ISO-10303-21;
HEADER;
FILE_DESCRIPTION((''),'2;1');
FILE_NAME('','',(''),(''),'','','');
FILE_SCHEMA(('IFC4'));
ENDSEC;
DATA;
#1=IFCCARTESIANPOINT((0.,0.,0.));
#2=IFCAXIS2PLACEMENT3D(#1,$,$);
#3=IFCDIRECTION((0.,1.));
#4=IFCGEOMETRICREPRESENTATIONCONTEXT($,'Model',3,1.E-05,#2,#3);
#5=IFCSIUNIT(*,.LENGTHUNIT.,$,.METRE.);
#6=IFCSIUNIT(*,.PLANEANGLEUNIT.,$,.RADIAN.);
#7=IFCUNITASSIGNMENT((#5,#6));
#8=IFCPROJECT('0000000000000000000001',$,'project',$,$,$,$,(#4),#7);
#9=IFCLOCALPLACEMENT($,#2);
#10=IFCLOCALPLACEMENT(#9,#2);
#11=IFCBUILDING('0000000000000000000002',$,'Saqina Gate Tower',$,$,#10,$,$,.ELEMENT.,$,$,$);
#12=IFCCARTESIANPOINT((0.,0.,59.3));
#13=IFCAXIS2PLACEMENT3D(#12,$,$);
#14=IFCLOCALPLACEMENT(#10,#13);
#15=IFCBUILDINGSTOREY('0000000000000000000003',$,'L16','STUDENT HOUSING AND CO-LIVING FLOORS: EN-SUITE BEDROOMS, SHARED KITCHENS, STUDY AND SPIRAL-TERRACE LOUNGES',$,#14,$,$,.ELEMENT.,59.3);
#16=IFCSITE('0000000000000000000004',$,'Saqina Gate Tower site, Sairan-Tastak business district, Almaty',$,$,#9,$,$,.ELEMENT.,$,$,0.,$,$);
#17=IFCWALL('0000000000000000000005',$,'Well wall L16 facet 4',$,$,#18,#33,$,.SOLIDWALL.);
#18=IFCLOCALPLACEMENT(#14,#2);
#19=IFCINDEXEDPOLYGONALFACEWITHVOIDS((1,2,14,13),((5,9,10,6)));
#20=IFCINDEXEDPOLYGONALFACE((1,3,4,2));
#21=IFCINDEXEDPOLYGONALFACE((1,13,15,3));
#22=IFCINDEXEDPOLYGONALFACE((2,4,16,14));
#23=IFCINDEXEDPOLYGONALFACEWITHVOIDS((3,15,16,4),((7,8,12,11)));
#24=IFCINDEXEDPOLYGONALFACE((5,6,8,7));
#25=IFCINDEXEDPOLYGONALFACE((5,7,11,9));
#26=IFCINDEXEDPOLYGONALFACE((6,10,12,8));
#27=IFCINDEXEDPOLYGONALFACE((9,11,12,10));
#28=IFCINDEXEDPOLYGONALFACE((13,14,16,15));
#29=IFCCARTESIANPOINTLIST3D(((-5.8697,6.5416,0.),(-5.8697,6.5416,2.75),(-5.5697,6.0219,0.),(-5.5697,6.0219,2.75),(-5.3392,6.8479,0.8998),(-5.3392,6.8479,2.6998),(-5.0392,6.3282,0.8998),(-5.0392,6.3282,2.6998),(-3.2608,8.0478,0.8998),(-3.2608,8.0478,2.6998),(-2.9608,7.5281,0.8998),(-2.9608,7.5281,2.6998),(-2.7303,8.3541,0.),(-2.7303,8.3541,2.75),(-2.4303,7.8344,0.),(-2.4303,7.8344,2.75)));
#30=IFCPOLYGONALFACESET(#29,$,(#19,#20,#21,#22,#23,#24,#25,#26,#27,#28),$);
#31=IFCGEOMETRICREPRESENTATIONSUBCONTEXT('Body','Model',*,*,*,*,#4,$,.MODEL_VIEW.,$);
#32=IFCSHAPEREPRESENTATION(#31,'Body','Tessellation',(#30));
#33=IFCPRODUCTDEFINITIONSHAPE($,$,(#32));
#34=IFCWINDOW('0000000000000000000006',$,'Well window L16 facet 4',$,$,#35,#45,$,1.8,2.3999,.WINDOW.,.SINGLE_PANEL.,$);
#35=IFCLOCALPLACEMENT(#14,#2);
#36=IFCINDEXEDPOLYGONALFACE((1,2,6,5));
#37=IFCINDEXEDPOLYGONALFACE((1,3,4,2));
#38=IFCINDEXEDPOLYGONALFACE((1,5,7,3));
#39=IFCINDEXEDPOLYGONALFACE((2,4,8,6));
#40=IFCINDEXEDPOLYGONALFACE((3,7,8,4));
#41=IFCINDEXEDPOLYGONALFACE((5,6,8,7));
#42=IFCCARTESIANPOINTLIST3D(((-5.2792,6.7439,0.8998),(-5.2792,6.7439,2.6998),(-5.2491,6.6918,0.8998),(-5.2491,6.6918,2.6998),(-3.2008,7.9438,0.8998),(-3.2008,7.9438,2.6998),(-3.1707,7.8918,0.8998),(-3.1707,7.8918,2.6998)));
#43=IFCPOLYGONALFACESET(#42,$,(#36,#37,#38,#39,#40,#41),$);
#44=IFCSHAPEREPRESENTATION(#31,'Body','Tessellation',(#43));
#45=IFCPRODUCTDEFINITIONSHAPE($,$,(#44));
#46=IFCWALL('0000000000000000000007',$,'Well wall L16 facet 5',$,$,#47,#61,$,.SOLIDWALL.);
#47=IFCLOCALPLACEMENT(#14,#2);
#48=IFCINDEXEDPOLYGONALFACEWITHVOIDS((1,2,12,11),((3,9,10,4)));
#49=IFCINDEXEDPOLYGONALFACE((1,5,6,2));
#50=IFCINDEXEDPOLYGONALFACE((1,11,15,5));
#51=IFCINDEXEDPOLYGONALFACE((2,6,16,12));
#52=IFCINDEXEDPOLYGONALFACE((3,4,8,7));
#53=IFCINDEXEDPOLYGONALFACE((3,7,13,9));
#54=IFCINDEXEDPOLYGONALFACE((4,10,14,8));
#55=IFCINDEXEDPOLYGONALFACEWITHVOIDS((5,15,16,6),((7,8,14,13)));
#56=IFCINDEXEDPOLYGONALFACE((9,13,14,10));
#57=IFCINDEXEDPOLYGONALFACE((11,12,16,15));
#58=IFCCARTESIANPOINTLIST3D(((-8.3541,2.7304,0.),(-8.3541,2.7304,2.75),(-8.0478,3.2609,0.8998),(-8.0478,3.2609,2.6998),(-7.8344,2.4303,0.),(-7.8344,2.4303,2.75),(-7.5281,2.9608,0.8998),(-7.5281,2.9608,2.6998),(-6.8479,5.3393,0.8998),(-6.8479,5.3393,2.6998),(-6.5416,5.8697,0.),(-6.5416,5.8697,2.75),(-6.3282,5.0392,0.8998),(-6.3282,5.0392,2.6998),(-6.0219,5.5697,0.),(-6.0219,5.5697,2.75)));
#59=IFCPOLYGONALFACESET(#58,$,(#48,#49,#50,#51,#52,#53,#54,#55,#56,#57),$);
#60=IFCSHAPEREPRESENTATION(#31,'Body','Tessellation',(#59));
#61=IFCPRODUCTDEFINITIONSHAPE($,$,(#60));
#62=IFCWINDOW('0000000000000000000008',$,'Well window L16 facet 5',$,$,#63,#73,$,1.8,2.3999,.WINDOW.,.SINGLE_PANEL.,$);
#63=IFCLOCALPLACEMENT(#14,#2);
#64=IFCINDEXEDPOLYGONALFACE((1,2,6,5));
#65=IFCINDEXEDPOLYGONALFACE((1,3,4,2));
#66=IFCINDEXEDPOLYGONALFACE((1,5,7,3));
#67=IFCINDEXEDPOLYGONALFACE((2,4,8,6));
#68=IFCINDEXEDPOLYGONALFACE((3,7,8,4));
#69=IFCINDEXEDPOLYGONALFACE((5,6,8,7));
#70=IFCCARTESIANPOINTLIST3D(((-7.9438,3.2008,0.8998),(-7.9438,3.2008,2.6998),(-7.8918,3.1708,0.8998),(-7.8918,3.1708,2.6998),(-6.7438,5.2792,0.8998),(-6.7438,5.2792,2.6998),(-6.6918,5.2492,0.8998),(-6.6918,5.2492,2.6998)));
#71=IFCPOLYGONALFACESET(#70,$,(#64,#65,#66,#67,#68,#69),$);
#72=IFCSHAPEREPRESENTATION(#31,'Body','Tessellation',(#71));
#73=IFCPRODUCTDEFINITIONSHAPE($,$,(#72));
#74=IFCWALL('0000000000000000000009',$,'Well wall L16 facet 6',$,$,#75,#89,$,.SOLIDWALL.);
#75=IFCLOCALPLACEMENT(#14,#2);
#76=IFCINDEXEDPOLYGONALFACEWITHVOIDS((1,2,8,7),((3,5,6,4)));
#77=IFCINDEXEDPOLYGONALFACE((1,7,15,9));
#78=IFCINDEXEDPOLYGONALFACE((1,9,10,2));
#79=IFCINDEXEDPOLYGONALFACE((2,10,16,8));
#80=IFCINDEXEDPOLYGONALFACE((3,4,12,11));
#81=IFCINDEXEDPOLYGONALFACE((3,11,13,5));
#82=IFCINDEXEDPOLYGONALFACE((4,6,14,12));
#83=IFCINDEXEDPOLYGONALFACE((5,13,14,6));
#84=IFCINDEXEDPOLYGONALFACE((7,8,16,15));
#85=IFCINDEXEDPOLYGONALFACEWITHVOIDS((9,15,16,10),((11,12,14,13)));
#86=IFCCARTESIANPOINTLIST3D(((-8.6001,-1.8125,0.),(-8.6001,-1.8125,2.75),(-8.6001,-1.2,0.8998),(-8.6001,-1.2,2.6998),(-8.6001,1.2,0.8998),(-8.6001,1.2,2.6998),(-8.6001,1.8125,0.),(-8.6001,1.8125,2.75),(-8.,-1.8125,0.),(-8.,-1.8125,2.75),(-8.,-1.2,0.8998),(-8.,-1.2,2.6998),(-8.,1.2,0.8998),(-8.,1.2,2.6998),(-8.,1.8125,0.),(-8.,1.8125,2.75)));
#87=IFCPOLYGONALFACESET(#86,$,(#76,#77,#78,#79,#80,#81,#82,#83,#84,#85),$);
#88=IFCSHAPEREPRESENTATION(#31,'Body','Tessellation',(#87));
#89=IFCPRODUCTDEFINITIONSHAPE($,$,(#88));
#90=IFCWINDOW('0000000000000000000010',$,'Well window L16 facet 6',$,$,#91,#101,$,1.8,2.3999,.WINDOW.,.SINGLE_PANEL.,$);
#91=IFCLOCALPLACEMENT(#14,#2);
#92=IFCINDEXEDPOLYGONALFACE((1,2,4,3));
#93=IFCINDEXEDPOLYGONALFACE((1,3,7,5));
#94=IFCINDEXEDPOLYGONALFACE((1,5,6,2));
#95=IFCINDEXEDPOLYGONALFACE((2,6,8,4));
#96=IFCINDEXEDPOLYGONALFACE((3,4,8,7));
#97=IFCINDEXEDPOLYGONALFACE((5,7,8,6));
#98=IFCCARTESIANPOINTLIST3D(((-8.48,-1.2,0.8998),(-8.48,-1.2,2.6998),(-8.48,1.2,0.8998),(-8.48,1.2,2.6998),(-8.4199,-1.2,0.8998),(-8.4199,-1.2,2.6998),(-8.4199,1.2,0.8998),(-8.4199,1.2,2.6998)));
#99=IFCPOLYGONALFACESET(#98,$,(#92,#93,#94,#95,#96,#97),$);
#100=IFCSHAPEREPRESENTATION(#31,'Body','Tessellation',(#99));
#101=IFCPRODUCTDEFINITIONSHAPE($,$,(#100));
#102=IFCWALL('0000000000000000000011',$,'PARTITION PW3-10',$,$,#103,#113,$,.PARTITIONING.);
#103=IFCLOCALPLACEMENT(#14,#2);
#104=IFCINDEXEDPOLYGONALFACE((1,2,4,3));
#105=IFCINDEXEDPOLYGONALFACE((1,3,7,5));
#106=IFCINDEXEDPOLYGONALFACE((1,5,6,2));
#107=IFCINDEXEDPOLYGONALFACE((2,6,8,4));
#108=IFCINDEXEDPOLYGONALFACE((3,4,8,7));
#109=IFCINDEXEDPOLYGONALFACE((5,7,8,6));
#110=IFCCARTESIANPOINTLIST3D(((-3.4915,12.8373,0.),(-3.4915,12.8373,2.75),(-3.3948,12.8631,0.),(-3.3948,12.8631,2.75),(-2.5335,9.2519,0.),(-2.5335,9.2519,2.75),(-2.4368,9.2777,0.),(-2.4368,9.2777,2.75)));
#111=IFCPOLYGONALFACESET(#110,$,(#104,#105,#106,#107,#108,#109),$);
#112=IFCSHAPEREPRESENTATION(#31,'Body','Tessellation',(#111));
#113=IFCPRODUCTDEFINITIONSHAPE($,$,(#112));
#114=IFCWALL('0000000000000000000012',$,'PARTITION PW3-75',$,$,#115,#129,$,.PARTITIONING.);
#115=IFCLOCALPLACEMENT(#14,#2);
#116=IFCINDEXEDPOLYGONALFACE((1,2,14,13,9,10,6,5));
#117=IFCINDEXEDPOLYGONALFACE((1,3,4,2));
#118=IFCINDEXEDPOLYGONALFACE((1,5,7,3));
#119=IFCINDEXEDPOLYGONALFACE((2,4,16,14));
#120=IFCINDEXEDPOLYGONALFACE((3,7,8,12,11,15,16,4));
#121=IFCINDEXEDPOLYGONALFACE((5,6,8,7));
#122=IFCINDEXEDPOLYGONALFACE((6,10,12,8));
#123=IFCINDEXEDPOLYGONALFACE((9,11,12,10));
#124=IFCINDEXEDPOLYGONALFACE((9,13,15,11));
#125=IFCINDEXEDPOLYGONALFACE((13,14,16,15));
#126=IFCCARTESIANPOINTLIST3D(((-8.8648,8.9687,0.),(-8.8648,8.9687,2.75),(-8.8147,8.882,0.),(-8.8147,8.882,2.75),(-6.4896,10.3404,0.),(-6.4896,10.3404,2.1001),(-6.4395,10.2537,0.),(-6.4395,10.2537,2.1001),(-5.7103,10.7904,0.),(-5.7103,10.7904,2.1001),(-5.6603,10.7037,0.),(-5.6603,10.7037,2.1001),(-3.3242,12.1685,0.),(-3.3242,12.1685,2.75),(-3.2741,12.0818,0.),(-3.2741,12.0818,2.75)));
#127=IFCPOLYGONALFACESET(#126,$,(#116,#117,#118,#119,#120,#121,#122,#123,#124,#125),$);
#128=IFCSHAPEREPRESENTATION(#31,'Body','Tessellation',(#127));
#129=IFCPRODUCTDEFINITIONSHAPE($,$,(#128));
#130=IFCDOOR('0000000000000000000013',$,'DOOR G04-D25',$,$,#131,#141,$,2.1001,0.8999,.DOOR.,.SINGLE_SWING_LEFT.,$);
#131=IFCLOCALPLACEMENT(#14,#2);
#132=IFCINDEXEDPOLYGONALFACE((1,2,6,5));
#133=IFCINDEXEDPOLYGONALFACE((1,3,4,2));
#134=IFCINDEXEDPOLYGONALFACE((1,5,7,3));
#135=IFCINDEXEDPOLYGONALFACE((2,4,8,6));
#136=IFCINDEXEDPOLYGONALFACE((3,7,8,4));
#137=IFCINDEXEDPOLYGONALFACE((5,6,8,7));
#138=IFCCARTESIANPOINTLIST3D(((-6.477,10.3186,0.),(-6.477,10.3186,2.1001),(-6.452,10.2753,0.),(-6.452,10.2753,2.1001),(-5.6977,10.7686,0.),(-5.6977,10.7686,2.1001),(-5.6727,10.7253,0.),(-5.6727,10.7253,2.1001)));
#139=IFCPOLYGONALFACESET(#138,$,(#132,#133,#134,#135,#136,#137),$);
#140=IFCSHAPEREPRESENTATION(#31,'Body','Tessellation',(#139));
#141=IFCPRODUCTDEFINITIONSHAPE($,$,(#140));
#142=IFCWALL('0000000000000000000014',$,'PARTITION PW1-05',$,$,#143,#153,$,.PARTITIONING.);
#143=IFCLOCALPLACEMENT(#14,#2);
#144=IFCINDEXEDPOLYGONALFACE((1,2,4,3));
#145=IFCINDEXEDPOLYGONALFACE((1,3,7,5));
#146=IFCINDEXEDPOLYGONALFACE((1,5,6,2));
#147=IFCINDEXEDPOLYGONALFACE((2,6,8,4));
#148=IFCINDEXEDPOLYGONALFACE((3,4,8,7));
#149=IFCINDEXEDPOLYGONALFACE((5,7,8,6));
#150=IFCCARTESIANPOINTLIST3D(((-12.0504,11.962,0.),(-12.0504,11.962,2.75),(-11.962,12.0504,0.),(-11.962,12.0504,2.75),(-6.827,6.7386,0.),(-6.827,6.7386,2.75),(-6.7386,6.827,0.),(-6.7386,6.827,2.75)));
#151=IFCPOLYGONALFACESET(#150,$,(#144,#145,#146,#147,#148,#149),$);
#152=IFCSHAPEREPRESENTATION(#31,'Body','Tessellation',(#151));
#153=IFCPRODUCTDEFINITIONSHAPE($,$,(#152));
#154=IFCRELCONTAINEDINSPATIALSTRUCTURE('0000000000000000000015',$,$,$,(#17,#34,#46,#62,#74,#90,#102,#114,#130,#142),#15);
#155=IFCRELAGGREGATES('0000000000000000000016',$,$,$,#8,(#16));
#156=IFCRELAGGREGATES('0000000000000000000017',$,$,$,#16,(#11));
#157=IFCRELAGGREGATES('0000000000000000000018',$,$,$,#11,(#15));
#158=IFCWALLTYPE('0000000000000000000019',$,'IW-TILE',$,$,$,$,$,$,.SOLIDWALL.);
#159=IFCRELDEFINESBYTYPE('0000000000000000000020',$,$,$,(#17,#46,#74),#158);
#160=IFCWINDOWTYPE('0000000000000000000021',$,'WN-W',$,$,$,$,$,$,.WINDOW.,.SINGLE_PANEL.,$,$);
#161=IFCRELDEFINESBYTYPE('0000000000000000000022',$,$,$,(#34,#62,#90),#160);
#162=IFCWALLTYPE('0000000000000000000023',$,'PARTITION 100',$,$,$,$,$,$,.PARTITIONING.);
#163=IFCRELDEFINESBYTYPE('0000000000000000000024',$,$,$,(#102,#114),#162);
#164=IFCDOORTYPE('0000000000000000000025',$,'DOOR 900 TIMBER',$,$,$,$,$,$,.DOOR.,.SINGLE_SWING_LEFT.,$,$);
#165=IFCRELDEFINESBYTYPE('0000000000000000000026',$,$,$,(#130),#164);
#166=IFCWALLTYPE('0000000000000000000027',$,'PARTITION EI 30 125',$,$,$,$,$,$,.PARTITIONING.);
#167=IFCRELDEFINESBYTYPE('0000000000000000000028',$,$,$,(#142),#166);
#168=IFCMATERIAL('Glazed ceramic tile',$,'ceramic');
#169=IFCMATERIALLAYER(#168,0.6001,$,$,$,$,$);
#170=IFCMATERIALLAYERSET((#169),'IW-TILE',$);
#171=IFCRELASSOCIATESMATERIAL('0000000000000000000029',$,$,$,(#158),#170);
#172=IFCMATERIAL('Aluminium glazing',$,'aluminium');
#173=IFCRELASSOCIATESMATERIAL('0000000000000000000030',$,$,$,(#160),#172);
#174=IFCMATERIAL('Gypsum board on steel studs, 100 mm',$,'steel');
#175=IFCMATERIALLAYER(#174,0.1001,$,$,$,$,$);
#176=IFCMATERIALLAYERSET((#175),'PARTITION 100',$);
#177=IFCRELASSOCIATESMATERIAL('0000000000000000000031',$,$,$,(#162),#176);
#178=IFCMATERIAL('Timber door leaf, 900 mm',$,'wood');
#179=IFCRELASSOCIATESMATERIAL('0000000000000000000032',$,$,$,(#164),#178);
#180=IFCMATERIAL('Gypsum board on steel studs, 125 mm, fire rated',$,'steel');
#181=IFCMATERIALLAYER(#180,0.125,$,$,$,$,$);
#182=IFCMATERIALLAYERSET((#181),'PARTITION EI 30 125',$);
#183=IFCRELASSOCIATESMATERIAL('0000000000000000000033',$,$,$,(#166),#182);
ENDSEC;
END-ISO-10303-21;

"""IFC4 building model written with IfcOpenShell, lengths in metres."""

from ifc_helpers import new_model, si_unit, direction, frame, frame_2d, origin, place, context, subcontext, project, spatial, rectangle, extrude, material, layer, layer_set, type_object, element, fill, save


model = new_model("IFC4")

# Units and contexts
model_context = context("Model", 3, precision=1e-05, world=origin(), true_north=direction((0.0, 1.0)))
body_context = subcontext(model_context, "Body", "Model", "MODEL_VIEW")
ifc_project = project(units=[si_unit("LENGTHUNIT", "METRE"), si_unit("PLANEANGLEUNIT", "RADIAN")], contexts=[model_context])

# Site, building, storey
site_placement = place(None, origin())
site = spatial("IfcSite", under=ifc_project, at=site_placement, Name="Saqina Gate Tower site, Sairan-Tastak business district, Almaty", CompositionType="ELEMENT", RefElevation=0.0)
building_placement = place(site_placement, origin())
building = spatial("IfcBuilding", under=site, at=building_placement, Name="Saqina Gate Tower", CompositionType="ELEMENT")
storey_placement = place(building_placement, frame((0.0, 0.0, 59.3)))
storey = spatial("IfcBuildingStorey", under=building, at=storey_placement, Name="L16", Description="STUDENT HOUSING AND CO-LIVING FLOORS: EN-SUITE BEDROOMS, SHARED KITCHENS, STUDY AND SPIRAL-TERRACE LOUNGES", CompositionType="ELEMENT", Elevation=59.3)

# Walls, openings, windows
ifc_material_1 = material(Name="Glazed ceramic tile", Category="ceramic")
ifc_layer_1 = layer(ifc_material_1, 0.6001)
ifc_layer_set_1 = layer_set([ifc_layer_1], Name="IW-TILE")
wall_type_1 = type_object("IfcWallType", Name="IW-TILE", PredefinedType="SOLIDWALL", material=ifc_layer_set_1)
wall_1_placement = place(storey_placement, frame((-2.5803, 8.0942, 0.0), z_axis=(0.0, 0.0, 1.0), x_axis=(-0.86603, -0.499993, 0.0)))
wall_1 = element("IfcWall", 1, at=wall_1_placement, inside=storey, type_object=wall_type_1, Name="Well wall L16 facet 4", PredefinedType="SOLIDWALL", context=body_context, shape_type="SweptSolid", body=[
    extrude(rectangle(XDim=3.625, YDim=0.6001, at=frame_2d((1.8125, 0.0))), origin(), (0.0, 0.0, 1.0), 2.75),
])
opening_1_placement = place(wall_1_placement, frame((0.6125, 0.0, 0.8999)))
opening_1 = element("IfcOpeningElement", 2, at=opening_1_placement, cuts=wall_1, PredefinedType="OPENING", context=body_context, shape_type="SweptSolid", body=[
    extrude(rectangle(XDim=2.3999, YDim=1.8, at=frame_2d((1.2, 0.8999))), frame((0.0, 0.312, 0.0), z_axis=(0.0, -1.0, 0.0), x_axis=(1.0, 0.0, 0.0)), (0.0, 0.0, 1.0), 0.624),
])
ifc_material_2 = material(Name="Aluminium glazing", Category="aluminium")
window_type = type_object("IfcWindowType", Name="WN-W", PartitioningType="SINGLE_PANEL", PredefinedType="WINDOW", material=ifc_material_2)
window_1_placement = place(opening_1_placement, origin())
window_1 = element("IfcWindow", 3, at=window_1_placement, inside=storey, type_object=window_type, Name="Well window L16 facet 4", OverallHeight=1.8, OverallWidth=2.3999, PartitioningType="SINGLE_PANEL", PredefinedType="WINDOW", context=body_context, shape_type="SweptSolid", body=[
    extrude(rectangle(XDim=2.3999, YDim=1.8, at=frame_2d((1.2, 0.8999))), frame((0.0, -0.1199, 0.0), z_axis=(0.0, -1.0, 0.0), x_axis=(1.0, 0.0, 0.0)), (0.0, 0.0, 1.0), 0.0601),
])
fill(opening_1, window_1)
wall_2_placement = place(storey_placement, frame((-6.2817, 5.7197, 0.0), z_axis=(0.0, 0.0, 1.0), x_axis=(-0.499993, -0.86603, 0.0)))
wall_2 = element("IfcWall", 4, at=wall_2_placement, inside=storey, type_object=wall_type_1, Name="Well wall L16 facet 5", PredefinedType="SOLIDWALL", context=body_context, shape_type="SweptSolid", body=[
    extrude(rectangle(XDim=3.625, YDim=0.6001, at=frame_2d((1.8125, 0.0))), origin(), (0.0, 0.0, 1.0), 2.75),
])
opening_2_placement = place(wall_2_placement, frame((0.6125, 0.0, 0.8999)))
opening_2 = element("IfcOpeningElement", 5, at=opening_2_placement, cuts=wall_2, PredefinedType="OPENING", context=body_context, shape_type="SweptSolid", body=[
    extrude(rectangle(XDim=2.3999, YDim=1.8, at=frame_2d((1.2, 0.8999))), frame((0.0, 0.312, 0.0), z_axis=(0.0, -1.0, 0.0), x_axis=(1.0, 0.0, 0.0)), (0.0, 0.0, 1.0), 0.624),
])
window_2_placement = place(opening_2_placement, origin())
window_2 = element("IfcWindow", 6, at=window_2_placement, inside=storey, type_object=window_type, Name="Well window L16 facet 5", OverallHeight=1.8, OverallWidth=2.3999, PartitioningType="SINGLE_PANEL", PredefinedType="WINDOW", context=body_context, shape_type="SweptSolid", body=[
    extrude(rectangle(XDim=2.3999, YDim=1.8, at=frame_2d((1.2, 0.8999))), frame((0.0, -0.1199, 0.0), z_axis=(0.0, -1.0, 0.0), x_axis=(1.0, 0.0, 0.0)), (0.0, 0.0, 1.0), 0.0601),
])
fill(opening_2, window_2)
wall_3_placement = place(storey_placement, frame((-8.3, 1.8125, 0.0), z_axis=(0.0, 0.0, 1.0), x_axis=(0.0, -1.0, 0.0)))
wall_3 = element("IfcWall", 7, at=wall_3_placement, inside=storey, type_object=wall_type_1, Name="Well wall L16 facet 6", PredefinedType="SOLIDWALL", context=body_context, shape_type="SweptSolid", body=[
    extrude(rectangle(XDim=3.625, YDim=0.6001, at=frame_2d((1.8125, 0.0))), origin(), (0.0, 0.0, 1.0), 2.75),
])
opening_3_placement = place(wall_3_placement, frame((0.6125, 0.0, 0.8999)))
opening_3 = element("IfcOpeningElement", 8, at=opening_3_placement, cuts=wall_3, PredefinedType="OPENING", context=body_context, shape_type="SweptSolid", body=[
    extrude(rectangle(XDim=2.3999, YDim=1.8, at=frame_2d((1.2, 0.8999))), frame((0.0, 0.312, 0.0), z_axis=(0.0, -1.0, 0.0), x_axis=(1.0, 0.0, 0.0)), (0.0, 0.0, 1.0), 0.624),
])
window_3_placement = place(opening_3_placement, origin())
window_3 = element("IfcWindow", 9, at=window_3_placement, inside=storey, type_object=window_type, Name="Well window L16 facet 6", OverallHeight=1.8, OverallWidth=2.3999, PartitioningType="SINGLE_PANEL", PredefinedType="WINDOW", context=body_context, shape_type="SweptSolid", body=[
    extrude(rectangle(XDim=2.3999, YDim=1.8, at=frame_2d((1.2, 0.8999))), frame((0.0, -0.1199, 0.0), z_axis=(0.0, -1.0, 0.0), x_axis=(1.0, 0.0, 0.0)), (0.0, 0.0, 1.0), 0.0601),
])
fill(opening_3, window_3)

# Wall
ifc_material_3 = material(Name="Gypsum board on steel studs, 100 mm", Category="steel")
ifc_layer_2 = layer(ifc_material_3, 0.1001)
ifc_layer_set_2 = layer_set([ifc_layer_2], Name="PARTITION 100")
wall_type_2 = type_object("IfcWallType", Name="PARTITION 100", PredefinedType="PARTITIONING", material=ifc_layer_set_2)
wall_4_placement = place(storey_placement, frame((-3.4431, 12.8501, 0.0), z_axis=(0.0, 0.0, 1.0), x_axis=(0.258138, -0.966108, 0.0)))
element("IfcWall", 10, at=wall_4_placement, inside=storey, type_object=wall_type_2, Name="PARTITION PW3-10", PredefinedType="PARTITIONING", context=body_context, shape_type="SweptSolid", body=[
    extrude(rectangle(XDim=3.7112, YDim=0.1001, at=frame_2d((1.8555, 0.0))), origin(), (0.0, 0.0, 1.0), 2.75),
])

# Wall, opening, door
wall_5_placement = place(storey_placement, frame((-8.8398, 8.9253, 0.0), z_axis=(0.0, 0.0, 1.0), x_axis=(0.865966, 0.500103, 0.0)))
wall_5 = element("IfcWall", 11, at=wall_5_placement, inside=storey, type_object=wall_type_2, Name="PARTITION PW3-75", PredefinedType="PARTITIONING", context=body_context, shape_type="SweptSolid", body=[
    extrude(rectangle(XDim=6.3982, YDim=0.1001, at=frame_2d((3.1992, 0.0))), origin(), (0.0, 0.0, 1.0), 2.75),
])
opening_4_placement = place(wall_5_placement, frame((2.7429, 0.0, 0.0)))
opening_4 = element("IfcOpeningElement", 12, at=opening_4_placement, cuts=wall_5, PredefinedType="OPENING", context=body_context, shape_type="SweptSolid", body=[
    extrude(rectangle(XDim=0.8999, YDim=2.1001, at=frame_2d((0.45, 1.05))), frame((0.0, 0.062, 0.0), z_axis=(0.0, -1.0, 0.0), x_axis=(1.0, 0.0, 0.0)), (0.0, 0.0, 1.0), 0.124),
])
ifc_material_4 = material(Name="Timber door leaf, 900 mm", Category="wood")
door_type_1 = type_object("IfcDoorType", Name="DOOR 900 TIMBER", OperationType="SINGLE_SWING_LEFT", PredefinedType="DOOR", material=ifc_material_4)
door_1_placement = place(opening_4_placement, origin())
door_1 = element("IfcDoor", 13, at=door_1_placement, inside=storey, type_object=door_type_1, Name="DOOR G04-D25", OperationType="SINGLE_SWING_LEFT", OverallHeight=2.1001, OverallWidth=0.8999, PredefinedType="DOOR", context=body_context, shape_type="SweptSolid", body=[
    extrude(rectangle(XDim=0.8999, YDim=2.1001, at=frame_2d((0.45, 1.05))), frame((0.0, 0.0249, 0.0), z_axis=(0.0, -1.0, 0.0), x_axis=(1.0, 0.0, 0.0)), (0.0, 0.0, 1.0), 0.05),
])
fill(opening_4, door_1)

# Wall
ifc_material_5 = material(Name="Gypsum board on steel studs, 125 mm, fire rated", Category="steel")
ifc_layer_3 = layer(ifc_material_5, 0.125)
ifc_layer_set_3 = layer_set([ifc_layer_3], Name="PARTITION EI 30 125")
wall_type_3 = type_object("IfcWallType", Name="PARTITION EI 30 125", PredefinedType="PARTITIONING", material=ifc_layer_set_3)
wall_6_placement = place(storey_placement, frame((-12.0061, 12.0061, 0.0), z_axis=(0.0, 0.0, 1.0), x_axis=(0.707107, -0.707107, 0.0)))
element("IfcWall", 14, at=wall_6_placement, inside=storey, type_object=wall_type_3, Name="PARTITION PW1-05", PredefinedType="PARTITIONING", context=body_context, shape_type="SweptSolid", body=[
    extrude(rectangle(XDim=7.387, YDim=0.125, at=frame_2d((3.6934, 0.0))), origin(), (0.0, 0.0, 1.0), 2.75),
])

save(model, "model.ifc")
